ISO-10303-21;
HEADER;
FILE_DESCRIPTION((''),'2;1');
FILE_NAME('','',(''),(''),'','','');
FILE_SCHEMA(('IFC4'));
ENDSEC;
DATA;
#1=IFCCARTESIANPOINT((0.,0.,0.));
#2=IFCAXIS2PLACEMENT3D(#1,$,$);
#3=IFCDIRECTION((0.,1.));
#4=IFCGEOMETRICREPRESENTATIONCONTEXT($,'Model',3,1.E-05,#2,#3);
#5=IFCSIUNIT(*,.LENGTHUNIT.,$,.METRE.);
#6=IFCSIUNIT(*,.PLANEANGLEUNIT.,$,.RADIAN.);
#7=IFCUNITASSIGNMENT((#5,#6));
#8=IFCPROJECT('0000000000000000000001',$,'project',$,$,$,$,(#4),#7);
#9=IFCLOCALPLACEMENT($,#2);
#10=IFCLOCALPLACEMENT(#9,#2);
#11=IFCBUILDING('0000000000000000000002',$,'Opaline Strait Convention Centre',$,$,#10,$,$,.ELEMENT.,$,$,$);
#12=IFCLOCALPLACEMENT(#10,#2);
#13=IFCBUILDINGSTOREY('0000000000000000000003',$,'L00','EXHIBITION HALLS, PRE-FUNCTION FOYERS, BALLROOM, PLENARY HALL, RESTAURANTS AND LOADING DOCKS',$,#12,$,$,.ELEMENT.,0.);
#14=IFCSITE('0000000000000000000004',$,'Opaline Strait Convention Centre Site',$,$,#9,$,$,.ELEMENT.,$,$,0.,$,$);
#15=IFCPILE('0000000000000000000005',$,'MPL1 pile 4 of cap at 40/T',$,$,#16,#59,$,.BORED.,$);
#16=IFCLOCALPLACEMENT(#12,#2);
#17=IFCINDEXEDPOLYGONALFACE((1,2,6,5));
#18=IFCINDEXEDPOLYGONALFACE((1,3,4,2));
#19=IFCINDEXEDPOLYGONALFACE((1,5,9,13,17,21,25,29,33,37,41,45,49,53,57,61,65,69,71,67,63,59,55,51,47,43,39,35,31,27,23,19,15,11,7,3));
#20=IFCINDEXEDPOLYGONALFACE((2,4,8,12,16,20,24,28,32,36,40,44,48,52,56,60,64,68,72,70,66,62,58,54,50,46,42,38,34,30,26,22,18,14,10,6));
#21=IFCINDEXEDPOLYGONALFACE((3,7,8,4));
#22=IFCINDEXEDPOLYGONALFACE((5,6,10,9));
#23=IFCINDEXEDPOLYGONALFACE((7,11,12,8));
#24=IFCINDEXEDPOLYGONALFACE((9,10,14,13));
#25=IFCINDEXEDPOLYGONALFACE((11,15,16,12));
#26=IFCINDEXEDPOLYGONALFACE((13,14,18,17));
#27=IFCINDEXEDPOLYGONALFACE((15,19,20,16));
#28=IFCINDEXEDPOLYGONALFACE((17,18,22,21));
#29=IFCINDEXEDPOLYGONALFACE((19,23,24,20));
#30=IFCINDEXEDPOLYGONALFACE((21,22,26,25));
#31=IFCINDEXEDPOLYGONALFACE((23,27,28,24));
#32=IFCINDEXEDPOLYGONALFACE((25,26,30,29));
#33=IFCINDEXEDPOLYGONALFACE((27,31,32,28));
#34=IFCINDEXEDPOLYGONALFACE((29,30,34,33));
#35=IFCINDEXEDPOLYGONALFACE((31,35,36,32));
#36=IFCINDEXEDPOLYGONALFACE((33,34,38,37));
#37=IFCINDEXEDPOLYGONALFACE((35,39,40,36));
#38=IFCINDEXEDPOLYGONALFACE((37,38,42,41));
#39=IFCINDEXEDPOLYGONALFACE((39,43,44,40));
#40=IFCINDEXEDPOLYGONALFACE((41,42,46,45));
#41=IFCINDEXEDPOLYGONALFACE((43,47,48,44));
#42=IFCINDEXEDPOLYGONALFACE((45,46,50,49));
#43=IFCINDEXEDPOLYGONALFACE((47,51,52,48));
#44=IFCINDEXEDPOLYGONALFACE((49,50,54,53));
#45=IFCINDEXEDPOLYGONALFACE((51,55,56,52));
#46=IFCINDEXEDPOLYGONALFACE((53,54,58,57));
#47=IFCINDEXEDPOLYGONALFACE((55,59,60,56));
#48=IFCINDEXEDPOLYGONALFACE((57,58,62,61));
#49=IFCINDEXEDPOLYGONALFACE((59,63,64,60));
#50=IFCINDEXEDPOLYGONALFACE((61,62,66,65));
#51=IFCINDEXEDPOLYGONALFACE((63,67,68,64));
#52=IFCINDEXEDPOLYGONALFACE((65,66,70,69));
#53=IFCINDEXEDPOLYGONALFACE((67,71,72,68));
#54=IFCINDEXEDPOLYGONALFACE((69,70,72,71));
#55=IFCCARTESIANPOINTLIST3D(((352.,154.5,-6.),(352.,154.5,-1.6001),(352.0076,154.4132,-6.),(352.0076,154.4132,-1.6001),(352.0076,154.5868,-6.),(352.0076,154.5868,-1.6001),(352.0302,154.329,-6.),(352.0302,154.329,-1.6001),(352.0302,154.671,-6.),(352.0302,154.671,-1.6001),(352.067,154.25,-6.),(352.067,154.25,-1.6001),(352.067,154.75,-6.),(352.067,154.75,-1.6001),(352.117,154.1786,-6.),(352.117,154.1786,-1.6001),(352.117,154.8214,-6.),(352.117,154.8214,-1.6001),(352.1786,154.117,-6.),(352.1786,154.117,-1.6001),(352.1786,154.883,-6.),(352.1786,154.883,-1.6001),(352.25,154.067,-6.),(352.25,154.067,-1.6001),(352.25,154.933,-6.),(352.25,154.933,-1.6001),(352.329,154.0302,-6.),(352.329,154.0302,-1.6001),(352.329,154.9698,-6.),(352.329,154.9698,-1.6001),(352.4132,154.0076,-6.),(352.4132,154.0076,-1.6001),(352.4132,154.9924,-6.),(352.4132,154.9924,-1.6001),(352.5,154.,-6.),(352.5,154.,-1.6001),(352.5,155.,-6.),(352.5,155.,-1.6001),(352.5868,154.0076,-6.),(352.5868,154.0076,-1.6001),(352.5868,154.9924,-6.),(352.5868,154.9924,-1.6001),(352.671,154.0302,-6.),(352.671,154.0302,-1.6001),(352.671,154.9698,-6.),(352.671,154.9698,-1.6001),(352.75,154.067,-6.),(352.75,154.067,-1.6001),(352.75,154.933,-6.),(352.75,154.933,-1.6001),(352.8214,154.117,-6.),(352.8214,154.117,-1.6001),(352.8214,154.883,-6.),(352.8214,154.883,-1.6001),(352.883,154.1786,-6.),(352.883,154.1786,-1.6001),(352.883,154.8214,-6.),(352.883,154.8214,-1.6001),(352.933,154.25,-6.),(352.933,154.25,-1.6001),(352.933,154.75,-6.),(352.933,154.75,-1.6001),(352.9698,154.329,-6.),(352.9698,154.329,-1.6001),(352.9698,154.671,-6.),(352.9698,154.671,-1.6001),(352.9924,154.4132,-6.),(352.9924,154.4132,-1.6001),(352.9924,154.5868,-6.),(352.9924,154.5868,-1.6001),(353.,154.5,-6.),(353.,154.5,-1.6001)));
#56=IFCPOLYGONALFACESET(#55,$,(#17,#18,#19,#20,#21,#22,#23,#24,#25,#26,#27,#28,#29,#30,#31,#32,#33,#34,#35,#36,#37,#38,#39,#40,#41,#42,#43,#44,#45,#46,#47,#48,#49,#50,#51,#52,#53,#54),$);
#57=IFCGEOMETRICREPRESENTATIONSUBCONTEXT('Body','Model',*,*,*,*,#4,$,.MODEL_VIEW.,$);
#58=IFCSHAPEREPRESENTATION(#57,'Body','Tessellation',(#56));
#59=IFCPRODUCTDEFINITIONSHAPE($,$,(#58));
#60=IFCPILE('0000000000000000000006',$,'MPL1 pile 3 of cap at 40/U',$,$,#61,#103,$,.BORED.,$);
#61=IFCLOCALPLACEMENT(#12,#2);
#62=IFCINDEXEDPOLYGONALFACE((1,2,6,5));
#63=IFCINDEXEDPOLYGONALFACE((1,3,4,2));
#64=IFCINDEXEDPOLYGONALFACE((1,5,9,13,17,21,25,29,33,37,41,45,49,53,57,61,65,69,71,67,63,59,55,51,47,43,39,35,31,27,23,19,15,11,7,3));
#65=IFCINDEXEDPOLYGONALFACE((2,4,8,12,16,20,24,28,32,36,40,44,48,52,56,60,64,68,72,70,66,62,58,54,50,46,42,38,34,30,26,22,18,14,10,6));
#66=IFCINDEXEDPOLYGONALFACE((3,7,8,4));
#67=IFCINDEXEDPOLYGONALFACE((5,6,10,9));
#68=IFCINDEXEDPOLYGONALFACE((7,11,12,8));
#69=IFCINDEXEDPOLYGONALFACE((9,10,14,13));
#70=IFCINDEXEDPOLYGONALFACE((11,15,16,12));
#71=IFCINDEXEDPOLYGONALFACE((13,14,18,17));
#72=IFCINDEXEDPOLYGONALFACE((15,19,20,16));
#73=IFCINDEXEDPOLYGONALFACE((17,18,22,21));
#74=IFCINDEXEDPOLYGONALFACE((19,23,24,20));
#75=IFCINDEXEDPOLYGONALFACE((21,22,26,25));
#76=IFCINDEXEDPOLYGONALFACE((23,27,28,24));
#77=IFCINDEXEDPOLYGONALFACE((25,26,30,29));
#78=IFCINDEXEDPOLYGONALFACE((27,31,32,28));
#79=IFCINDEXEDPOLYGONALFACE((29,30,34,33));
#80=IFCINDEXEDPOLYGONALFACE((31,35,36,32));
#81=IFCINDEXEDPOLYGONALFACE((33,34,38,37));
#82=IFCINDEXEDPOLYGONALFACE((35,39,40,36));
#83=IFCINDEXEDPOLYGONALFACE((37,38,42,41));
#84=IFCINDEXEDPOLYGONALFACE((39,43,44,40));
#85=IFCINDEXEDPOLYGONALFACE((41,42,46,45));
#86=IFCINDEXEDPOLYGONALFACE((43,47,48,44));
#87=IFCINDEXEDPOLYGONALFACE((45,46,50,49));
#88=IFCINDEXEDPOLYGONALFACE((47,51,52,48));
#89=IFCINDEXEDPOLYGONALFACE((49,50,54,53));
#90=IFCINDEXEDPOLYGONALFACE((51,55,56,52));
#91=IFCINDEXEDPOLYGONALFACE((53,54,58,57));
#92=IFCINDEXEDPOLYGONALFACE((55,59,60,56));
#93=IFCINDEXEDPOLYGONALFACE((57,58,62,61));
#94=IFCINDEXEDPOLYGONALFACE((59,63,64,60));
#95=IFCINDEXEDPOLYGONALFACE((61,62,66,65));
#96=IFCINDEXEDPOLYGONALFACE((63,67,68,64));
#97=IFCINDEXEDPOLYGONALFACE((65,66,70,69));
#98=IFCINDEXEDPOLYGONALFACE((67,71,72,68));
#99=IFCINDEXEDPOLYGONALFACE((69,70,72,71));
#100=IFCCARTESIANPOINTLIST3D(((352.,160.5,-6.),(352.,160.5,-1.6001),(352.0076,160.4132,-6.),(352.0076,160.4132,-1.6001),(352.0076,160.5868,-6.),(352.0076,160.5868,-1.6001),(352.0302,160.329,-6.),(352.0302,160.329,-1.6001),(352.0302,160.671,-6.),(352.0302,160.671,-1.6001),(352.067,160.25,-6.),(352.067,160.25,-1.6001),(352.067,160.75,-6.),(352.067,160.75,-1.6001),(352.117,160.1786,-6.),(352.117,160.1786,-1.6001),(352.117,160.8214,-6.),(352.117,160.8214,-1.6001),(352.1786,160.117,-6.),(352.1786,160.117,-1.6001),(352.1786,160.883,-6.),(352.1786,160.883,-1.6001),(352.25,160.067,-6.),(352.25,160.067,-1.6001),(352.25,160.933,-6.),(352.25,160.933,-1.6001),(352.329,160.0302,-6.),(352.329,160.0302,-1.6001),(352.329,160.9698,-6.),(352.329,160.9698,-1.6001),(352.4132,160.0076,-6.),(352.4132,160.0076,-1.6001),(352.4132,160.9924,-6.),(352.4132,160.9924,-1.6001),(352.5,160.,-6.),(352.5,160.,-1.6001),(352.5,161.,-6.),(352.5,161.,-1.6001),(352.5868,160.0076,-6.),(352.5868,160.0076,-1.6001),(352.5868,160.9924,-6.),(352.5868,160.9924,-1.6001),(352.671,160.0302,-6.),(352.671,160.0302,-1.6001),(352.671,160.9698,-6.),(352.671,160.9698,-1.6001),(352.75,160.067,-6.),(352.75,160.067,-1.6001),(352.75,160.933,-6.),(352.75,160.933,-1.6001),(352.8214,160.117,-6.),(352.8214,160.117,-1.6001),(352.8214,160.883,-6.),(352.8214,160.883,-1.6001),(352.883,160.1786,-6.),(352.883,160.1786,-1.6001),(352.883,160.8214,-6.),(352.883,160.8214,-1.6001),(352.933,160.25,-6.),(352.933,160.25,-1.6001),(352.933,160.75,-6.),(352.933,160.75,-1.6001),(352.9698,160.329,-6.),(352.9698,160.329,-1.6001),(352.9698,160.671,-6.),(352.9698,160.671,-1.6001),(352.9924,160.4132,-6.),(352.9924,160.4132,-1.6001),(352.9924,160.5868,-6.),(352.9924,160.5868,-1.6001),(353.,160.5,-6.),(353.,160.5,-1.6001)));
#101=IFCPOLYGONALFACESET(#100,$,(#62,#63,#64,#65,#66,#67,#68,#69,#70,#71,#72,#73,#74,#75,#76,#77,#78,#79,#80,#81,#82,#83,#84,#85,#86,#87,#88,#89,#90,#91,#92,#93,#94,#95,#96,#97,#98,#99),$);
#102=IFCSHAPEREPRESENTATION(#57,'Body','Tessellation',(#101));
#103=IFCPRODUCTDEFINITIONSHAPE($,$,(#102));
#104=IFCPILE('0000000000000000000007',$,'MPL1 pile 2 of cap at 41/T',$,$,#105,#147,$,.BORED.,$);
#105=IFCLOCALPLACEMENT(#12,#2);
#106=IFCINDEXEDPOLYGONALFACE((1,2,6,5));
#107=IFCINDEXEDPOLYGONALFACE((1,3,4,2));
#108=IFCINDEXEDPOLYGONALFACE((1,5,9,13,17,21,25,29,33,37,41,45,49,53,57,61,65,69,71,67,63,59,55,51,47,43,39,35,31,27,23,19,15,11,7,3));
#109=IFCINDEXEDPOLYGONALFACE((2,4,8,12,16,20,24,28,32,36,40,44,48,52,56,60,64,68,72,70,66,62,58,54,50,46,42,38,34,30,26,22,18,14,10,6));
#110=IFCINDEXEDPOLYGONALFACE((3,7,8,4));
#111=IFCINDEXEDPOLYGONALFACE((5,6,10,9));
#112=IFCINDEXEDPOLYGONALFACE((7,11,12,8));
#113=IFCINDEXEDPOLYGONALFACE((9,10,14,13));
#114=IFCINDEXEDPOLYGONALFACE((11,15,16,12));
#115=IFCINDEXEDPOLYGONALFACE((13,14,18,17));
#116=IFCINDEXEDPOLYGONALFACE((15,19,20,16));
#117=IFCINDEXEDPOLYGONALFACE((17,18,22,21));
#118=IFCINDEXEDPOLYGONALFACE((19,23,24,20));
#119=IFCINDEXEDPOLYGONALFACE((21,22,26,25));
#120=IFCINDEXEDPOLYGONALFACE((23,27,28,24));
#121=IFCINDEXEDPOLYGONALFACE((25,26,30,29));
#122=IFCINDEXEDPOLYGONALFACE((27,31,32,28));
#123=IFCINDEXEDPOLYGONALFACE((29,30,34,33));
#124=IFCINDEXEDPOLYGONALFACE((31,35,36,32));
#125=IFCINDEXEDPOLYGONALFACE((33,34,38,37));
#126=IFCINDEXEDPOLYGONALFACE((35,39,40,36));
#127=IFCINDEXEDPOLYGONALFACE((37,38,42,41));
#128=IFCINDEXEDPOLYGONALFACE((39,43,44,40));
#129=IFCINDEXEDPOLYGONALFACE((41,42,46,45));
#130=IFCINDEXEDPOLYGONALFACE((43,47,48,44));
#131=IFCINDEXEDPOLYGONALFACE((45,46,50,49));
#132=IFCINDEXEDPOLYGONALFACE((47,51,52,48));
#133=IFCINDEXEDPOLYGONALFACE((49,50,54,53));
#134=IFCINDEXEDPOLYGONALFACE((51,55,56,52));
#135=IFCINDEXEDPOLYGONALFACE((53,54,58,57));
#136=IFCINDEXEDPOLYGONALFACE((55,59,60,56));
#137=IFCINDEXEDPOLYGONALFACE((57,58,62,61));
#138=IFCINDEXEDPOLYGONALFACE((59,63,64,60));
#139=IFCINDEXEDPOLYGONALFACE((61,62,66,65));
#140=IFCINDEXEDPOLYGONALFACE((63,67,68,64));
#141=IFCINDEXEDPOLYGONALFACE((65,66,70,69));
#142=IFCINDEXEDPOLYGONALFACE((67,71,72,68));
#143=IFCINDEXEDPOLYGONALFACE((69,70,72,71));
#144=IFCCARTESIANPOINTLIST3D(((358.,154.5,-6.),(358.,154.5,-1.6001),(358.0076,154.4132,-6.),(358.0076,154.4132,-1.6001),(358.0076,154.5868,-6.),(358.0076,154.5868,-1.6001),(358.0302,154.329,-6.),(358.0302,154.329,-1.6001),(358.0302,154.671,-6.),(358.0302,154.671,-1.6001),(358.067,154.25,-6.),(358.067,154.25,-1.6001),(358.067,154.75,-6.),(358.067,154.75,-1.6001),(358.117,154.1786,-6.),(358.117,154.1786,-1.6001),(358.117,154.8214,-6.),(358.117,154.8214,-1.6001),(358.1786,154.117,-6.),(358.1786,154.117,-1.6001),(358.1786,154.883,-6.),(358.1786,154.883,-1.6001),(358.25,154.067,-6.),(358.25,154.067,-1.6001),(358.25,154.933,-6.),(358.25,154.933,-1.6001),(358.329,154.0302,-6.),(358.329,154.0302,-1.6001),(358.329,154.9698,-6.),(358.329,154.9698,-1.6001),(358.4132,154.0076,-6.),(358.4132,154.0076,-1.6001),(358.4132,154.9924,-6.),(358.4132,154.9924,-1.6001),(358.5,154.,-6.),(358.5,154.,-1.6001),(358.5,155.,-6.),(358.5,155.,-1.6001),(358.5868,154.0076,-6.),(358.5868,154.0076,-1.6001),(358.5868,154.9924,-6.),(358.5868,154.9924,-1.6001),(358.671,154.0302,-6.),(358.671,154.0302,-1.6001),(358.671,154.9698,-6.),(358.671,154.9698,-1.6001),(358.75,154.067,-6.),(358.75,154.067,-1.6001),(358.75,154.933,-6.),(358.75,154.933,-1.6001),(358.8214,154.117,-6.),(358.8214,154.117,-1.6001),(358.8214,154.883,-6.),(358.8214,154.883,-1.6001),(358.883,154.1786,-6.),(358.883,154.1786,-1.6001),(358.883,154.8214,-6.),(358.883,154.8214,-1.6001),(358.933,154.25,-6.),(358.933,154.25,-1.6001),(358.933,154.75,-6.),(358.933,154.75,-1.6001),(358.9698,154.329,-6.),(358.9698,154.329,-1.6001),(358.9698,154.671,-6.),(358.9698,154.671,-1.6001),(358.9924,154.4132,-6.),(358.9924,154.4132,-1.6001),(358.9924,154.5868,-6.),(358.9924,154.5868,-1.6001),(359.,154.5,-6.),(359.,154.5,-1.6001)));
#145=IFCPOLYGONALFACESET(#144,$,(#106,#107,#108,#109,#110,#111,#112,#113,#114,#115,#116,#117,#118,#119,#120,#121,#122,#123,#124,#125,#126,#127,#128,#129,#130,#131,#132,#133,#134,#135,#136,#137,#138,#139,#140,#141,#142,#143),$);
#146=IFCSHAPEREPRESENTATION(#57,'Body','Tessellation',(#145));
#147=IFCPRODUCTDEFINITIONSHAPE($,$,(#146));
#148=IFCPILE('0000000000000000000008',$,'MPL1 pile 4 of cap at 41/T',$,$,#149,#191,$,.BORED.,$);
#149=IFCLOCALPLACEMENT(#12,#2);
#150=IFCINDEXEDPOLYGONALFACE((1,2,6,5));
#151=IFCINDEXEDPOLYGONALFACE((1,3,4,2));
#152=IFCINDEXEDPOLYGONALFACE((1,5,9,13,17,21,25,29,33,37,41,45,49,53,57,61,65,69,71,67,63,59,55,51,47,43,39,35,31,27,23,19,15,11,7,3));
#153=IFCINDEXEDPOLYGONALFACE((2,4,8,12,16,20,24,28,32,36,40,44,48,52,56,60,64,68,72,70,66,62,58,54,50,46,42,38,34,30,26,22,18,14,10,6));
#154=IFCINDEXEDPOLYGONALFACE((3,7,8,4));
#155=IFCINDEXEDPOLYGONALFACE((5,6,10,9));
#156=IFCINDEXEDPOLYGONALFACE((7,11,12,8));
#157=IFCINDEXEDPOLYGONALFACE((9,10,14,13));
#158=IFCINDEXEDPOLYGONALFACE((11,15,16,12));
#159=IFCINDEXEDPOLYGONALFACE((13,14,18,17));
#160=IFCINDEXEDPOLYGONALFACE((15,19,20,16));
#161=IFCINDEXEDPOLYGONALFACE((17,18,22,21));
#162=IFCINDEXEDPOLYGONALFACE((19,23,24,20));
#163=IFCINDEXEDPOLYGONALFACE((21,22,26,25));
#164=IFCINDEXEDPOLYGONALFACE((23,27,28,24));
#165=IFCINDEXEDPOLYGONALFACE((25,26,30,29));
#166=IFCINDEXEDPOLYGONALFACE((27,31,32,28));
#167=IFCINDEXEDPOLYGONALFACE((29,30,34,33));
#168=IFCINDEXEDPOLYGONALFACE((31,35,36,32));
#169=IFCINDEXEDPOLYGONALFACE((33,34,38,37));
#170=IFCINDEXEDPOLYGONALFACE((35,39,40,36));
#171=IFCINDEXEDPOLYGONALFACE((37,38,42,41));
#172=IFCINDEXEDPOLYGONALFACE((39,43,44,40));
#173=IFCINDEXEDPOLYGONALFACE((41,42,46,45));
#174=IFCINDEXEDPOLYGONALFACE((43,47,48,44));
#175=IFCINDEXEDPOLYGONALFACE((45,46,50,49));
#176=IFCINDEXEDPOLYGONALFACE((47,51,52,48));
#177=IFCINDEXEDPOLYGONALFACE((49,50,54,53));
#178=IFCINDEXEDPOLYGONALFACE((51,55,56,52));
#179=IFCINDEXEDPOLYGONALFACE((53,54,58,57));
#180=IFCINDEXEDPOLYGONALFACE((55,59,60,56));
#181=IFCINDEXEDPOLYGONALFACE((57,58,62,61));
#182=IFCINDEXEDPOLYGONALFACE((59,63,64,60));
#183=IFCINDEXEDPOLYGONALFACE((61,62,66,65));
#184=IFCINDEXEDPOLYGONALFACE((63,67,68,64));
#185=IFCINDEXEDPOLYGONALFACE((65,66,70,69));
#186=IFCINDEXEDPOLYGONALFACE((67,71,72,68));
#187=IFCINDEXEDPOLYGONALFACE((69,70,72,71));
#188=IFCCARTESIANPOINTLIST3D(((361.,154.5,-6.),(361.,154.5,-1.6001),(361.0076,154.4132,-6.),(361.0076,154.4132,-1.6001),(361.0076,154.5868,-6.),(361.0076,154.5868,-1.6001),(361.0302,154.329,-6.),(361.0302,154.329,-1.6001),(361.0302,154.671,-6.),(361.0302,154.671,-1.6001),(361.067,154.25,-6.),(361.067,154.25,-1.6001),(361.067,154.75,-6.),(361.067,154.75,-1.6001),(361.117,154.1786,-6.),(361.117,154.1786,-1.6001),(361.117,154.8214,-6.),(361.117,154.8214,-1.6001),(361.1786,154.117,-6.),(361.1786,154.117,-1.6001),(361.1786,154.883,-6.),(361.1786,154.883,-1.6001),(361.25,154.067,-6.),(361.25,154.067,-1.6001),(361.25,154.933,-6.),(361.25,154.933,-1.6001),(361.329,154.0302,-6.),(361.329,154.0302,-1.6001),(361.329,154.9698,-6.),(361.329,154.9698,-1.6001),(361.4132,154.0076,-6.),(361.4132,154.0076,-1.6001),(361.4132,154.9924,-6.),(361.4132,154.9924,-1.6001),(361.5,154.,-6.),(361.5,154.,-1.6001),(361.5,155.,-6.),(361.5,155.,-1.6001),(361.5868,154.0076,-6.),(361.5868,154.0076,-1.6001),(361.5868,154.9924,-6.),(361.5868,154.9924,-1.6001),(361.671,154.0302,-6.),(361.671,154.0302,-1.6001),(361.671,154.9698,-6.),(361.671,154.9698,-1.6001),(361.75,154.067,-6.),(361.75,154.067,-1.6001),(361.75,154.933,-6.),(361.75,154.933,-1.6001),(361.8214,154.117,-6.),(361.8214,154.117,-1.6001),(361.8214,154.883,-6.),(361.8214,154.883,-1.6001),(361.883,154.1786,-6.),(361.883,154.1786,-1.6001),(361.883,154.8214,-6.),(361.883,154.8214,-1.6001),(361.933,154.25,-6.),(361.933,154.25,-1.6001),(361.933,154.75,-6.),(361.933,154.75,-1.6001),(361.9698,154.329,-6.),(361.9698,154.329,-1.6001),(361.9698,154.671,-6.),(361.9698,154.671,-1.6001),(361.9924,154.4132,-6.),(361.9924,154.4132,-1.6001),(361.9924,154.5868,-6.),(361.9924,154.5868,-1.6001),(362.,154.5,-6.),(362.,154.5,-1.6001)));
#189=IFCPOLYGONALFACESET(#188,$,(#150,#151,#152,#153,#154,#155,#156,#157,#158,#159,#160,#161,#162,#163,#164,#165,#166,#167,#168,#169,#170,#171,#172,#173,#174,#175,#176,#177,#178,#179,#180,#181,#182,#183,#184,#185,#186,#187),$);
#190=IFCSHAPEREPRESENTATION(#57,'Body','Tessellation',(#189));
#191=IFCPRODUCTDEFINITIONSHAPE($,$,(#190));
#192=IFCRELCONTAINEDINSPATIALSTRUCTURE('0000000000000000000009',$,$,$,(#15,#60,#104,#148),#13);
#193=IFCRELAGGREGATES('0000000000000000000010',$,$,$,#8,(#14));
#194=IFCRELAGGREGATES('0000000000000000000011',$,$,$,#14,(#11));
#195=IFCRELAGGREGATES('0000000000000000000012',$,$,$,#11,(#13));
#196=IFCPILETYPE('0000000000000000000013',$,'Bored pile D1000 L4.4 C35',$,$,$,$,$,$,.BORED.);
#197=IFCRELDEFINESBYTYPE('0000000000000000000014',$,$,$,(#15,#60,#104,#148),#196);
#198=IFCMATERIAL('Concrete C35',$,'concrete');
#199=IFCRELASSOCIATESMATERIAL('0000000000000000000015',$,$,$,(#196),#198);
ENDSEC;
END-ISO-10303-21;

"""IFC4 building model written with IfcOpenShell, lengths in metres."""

from ifc_helpers import new_model, si_unit, direction, frame, origin, origin_2d, place, context, subcontext, project, spatial, circle, extrude, material, material_profile, profile_set, type_object, element, save


model = new_model("IFC4")

# Units and contexts
model_context = context("Model", 3, precision=1e-05, world=origin(), true_north=direction((0.0, 1.0)))
body_context = subcontext(model_context, "Body", "Model", "MODEL_VIEW")
ifc_project = project(units=[si_unit("LENGTHUNIT", "METRE"), si_unit("PLANEANGLEUNIT", "RADIAN")], contexts=[model_context])

# Site, building, storey
site_placement = place(None, origin())
site = spatial("IfcSite", under=ifc_project, at=site_placement, Name="Opaline Strait Convention Centre Site", CompositionType="ELEMENT", RefElevation=0.0)
building_placement = place(site_placement, origin())
building = spatial("IfcBuilding", under=site, at=building_placement, Name="Opaline Strait Convention Centre", CompositionType="ELEMENT")
storey_placement = place(building_placement, origin())
storey = spatial("IfcBuildingStorey", under=building, at=storey_placement, Name="L00", Description="EXHIBITION HALLS, PRE-FUNCTION FOYERS, BALLROOM, PLENARY HALL, RESTAURANTS AND LOADING DOCKS", CompositionType="ELEMENT", Elevation=0.0)

# Piles
ifc_material_1 = material(Name="Concrete C35", Category="concrete")
ifc_material_profile_1 = material_profile(ifc_material_1, circle(Radius=0.5, at=origin_2d()), Name="D1000")
ifc_profile_set_1 = profile_set([ifc_material_profile_1], Name="Concrete C35")
pile_type = type_object("IfcPileType", Name="Bored pile D1000 L4.4 C35", PredefinedType="BORED", material=ifc_profile_set_1)
for number, where, z_axis, x_axis, name in (
    (1, (352.5, 154.5, -1.6001), (0.0, 0.0, -1.0), (1.0, 0.0, 0.0), "MPL1 pile 4 of cap at 40/T"),
    (2, (352.5, 160.5, -1.6001), (0.0, 0.0, -1.0), (1.0, 0.0, 0.0), "MPL1 pile 3 of cap at 40/U"),
    (3, (358.5, 154.5, -1.6001), (0.0, 0.0, -1.0), (1.0, 0.0, 0.0), "MPL1 pile 2 of cap at 41/T"),
    (4, (361.5, 154.5, -1.6001), (0.0, 0.0, -1.0), (1.0, 0.0, 0.0), "MPL1 pile 4 of cap at 41/T"),
):
    element("IfcPile", number, at=place(storey_placement, frame(where, z_axis=z_axis, x_axis=x_axis)), inside=storey, type_object=pile_type, Name=name, PredefinedType="BORED", context=body_context, shape_type="SweptSolid", body=[
        extrude(circle(Radius=0.5, at=origin_2d()), origin(), (0.0, 0.0, 1.0), 4.3999),
    ])

save(model, "model.ifc")
